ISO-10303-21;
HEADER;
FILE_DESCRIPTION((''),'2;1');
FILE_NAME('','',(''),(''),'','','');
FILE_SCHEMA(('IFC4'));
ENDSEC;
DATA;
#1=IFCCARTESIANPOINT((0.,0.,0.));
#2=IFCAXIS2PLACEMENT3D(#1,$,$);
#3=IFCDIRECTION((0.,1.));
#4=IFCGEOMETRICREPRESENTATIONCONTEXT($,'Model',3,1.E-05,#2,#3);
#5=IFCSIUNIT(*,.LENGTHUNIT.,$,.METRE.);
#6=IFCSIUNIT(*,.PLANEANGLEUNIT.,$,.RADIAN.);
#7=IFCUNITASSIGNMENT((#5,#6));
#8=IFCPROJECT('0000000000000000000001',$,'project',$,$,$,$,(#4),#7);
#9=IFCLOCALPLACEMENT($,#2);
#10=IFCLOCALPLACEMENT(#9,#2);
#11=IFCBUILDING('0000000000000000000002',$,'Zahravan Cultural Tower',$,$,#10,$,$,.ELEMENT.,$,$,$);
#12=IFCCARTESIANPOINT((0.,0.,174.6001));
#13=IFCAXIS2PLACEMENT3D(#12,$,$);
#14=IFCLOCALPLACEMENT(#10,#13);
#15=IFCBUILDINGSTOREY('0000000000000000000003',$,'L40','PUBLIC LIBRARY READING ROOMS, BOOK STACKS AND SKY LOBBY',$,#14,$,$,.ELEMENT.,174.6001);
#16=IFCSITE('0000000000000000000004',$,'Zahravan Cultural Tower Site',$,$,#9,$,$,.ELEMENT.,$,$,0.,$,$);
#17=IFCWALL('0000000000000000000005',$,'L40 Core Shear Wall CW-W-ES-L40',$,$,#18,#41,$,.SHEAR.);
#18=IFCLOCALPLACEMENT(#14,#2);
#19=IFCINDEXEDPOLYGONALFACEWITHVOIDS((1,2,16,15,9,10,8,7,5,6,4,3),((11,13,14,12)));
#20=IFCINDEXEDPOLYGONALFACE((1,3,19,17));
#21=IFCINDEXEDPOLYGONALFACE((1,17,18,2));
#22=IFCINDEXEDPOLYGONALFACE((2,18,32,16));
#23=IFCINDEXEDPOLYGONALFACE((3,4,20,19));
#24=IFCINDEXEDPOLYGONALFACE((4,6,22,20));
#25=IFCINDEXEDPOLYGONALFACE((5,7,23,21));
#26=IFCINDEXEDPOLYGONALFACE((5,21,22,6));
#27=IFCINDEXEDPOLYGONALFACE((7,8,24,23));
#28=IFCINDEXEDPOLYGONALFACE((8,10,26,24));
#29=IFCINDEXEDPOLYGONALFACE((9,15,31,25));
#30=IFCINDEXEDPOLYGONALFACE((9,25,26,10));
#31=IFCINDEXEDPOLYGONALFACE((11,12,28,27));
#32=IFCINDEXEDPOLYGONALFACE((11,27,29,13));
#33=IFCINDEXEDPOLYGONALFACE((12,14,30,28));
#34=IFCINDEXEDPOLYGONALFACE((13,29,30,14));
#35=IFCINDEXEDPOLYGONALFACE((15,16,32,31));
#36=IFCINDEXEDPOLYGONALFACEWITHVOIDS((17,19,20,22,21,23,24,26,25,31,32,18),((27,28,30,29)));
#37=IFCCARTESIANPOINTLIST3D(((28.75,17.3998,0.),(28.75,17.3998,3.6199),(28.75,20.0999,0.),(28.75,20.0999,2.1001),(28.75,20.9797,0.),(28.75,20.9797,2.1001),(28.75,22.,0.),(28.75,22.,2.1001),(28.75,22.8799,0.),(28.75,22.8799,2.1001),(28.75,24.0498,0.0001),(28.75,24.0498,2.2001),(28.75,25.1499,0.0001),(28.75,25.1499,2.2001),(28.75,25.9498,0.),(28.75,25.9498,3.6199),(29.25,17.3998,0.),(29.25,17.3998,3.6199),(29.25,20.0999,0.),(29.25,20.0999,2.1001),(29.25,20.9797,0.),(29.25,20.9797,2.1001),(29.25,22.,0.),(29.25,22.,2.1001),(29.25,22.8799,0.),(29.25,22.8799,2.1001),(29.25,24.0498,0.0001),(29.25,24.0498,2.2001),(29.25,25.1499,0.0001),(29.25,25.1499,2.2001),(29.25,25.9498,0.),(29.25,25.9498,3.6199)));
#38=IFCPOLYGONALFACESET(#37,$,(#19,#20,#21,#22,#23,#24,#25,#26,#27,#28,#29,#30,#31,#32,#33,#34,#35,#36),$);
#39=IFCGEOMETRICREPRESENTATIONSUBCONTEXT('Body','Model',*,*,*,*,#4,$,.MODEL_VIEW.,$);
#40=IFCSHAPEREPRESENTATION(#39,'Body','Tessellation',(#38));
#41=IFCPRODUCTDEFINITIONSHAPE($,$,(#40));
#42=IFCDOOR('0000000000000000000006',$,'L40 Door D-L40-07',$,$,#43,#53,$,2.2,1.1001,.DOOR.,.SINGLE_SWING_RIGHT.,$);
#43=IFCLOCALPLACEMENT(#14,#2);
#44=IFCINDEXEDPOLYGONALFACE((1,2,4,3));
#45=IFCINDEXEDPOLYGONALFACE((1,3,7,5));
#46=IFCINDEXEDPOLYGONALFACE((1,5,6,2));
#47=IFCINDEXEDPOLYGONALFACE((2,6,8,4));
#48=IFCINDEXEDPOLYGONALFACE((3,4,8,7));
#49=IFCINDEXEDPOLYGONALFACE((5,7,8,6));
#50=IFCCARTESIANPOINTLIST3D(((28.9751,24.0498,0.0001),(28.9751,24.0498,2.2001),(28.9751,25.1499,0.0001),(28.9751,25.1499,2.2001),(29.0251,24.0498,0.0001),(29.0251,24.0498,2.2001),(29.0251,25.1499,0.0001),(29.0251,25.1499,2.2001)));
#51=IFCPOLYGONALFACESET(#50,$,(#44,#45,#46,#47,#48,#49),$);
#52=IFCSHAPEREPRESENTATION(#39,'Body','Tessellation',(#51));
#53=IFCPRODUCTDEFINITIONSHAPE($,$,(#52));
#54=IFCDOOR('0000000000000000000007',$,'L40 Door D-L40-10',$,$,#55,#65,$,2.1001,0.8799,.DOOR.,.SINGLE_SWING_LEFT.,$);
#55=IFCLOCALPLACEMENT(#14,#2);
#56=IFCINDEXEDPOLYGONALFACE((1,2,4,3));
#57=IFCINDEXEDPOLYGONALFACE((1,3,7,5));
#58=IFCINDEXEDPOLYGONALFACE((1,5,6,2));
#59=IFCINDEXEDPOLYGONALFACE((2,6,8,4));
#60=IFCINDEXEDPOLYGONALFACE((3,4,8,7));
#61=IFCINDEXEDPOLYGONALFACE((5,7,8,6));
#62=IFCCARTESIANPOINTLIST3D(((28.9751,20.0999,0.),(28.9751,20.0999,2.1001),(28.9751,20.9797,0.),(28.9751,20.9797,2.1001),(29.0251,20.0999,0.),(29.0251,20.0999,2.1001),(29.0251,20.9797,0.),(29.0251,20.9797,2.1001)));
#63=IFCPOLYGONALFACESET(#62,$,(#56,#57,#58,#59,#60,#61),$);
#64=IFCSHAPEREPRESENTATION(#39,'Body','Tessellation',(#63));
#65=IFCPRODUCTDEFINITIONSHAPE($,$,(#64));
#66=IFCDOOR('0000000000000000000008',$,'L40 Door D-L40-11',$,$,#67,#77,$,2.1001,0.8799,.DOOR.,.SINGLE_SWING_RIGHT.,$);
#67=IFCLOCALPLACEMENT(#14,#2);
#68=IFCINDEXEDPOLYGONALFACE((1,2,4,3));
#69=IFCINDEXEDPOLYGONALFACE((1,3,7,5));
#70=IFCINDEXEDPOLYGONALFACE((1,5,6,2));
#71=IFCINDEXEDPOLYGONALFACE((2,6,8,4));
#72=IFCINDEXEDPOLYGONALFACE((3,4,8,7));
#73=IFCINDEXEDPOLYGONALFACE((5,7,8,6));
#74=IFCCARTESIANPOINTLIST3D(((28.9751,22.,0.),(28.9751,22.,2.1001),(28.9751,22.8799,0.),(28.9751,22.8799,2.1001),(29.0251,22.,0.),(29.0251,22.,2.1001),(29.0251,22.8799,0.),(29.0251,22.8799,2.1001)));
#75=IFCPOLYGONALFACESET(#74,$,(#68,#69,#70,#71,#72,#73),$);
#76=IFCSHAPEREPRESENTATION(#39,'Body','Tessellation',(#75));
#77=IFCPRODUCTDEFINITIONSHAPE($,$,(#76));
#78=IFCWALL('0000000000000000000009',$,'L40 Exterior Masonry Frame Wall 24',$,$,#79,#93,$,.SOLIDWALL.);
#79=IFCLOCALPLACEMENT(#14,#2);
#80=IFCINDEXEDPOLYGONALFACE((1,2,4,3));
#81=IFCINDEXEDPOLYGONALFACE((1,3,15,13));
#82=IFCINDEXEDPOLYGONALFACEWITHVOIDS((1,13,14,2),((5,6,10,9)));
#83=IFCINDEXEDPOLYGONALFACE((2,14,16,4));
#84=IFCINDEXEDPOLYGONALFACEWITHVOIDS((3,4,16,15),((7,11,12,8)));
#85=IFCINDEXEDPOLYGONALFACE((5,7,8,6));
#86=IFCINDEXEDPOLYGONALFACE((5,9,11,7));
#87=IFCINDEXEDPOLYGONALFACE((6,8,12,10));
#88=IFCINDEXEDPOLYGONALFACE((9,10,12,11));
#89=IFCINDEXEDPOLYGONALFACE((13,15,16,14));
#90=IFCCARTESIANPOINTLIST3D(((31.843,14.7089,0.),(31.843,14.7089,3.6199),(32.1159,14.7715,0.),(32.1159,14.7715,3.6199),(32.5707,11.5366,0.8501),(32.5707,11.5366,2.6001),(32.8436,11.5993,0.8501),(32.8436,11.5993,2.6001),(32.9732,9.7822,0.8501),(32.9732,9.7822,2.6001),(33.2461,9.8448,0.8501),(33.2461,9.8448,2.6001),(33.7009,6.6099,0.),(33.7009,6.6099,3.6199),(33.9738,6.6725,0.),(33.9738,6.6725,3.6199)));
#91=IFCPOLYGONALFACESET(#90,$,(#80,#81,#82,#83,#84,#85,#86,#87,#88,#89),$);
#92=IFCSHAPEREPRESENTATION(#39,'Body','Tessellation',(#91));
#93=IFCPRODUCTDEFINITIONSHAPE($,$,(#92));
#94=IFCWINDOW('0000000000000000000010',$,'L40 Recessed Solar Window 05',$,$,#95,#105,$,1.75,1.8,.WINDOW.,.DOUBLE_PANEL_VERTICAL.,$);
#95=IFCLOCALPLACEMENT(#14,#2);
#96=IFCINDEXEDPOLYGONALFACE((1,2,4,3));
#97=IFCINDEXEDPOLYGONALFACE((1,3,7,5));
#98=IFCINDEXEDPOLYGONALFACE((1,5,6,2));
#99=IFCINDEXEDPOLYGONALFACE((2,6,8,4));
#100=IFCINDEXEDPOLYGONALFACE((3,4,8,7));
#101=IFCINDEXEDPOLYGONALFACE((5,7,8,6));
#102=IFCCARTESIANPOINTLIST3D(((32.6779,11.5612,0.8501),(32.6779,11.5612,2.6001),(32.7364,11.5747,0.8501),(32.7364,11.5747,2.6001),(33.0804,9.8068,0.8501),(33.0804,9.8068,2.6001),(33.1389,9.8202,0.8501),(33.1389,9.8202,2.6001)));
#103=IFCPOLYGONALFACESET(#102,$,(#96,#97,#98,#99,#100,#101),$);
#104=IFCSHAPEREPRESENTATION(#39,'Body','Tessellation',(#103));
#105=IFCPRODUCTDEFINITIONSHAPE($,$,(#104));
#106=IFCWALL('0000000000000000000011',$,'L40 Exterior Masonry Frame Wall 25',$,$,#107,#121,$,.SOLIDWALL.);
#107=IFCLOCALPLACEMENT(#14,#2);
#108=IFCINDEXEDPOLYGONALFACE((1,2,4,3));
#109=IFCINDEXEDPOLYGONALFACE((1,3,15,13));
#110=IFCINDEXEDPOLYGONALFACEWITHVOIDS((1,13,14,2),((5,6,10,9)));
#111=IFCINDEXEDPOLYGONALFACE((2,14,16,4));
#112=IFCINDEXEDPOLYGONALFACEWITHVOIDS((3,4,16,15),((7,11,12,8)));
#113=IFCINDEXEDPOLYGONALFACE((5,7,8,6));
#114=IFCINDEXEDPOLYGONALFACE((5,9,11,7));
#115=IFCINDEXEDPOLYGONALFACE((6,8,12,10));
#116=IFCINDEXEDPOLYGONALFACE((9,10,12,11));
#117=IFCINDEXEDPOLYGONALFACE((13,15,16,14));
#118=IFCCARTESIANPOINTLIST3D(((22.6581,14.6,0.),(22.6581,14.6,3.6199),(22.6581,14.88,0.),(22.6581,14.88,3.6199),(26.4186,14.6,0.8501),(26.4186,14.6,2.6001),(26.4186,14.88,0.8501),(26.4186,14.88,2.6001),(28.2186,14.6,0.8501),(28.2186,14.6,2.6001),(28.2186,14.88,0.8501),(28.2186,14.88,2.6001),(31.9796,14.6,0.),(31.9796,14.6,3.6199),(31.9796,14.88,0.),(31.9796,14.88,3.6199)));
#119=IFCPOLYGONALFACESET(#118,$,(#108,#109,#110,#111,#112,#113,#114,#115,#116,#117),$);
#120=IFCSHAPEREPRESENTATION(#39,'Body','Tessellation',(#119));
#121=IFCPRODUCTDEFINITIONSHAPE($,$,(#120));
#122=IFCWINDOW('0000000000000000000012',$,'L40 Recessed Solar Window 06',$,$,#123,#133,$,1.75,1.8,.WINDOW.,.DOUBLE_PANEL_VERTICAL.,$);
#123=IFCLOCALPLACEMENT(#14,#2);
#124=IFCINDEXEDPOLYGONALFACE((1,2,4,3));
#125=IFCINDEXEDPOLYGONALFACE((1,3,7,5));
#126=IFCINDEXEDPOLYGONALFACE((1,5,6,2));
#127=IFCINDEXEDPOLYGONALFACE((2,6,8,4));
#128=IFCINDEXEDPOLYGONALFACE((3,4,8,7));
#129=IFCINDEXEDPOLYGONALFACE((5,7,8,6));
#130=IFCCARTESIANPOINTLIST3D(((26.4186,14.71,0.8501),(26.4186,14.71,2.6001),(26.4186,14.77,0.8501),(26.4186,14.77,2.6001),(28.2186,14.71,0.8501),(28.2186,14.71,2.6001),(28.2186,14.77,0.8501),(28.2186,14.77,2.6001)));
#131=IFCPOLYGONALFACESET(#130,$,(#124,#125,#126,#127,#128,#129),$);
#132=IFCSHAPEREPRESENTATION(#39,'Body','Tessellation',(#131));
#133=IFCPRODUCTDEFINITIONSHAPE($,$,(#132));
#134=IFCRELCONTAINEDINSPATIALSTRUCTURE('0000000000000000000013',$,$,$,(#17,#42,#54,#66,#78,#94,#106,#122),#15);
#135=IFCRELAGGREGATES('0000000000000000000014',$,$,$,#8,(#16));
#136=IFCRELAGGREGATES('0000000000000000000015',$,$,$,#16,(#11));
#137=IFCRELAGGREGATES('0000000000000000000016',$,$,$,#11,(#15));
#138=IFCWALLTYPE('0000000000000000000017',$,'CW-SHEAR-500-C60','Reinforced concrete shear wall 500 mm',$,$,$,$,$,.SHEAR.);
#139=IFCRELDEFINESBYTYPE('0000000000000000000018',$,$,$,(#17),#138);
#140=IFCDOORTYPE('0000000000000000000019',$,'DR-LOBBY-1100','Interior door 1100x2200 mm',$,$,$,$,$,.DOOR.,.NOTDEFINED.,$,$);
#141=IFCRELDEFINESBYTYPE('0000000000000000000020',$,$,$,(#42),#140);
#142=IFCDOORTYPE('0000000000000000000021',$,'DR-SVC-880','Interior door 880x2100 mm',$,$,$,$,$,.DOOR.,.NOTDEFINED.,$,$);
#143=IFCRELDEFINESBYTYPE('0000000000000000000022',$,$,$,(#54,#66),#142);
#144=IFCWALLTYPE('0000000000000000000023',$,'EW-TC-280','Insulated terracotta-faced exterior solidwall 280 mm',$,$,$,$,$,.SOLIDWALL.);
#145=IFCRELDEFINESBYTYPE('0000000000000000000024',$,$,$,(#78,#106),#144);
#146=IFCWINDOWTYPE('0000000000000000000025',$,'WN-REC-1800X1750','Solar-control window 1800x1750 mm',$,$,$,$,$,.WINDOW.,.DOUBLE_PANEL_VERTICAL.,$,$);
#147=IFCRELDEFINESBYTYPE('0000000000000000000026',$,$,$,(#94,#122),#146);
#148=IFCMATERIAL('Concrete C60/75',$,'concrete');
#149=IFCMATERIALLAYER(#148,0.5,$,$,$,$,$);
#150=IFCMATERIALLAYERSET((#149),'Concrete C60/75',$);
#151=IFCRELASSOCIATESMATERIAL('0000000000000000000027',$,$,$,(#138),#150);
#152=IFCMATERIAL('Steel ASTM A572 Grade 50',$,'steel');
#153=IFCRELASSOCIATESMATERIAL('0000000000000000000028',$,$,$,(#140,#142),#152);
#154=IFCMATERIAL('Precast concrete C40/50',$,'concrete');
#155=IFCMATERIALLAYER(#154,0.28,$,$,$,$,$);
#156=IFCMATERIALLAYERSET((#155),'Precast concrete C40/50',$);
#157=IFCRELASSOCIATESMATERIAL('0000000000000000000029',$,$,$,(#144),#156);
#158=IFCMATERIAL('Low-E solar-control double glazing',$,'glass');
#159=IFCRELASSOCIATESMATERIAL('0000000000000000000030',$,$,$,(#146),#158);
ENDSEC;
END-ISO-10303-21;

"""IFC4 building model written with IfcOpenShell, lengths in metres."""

from ifc_helpers import new_model, si_unit, direction, frame, frame_2d, origin, place, context, subcontext, project, spatial, rectangle, extrude, source, transform, mapped, material, layer, layer_set, type_object, element, fill, save


model = new_model("IFC4")

# Units and contexts
model_context = context("Model", 3, precision=1e-05, world=origin(), true_north=direction((0.0, 1.0)))
body_context = subcontext(model_context, "Body", "Model", "MODEL_VIEW")
ifc_project = project(units=[si_unit("LENGTHUNIT", "METRE"), si_unit("PLANEANGLEUNIT", "RADIAN")], contexts=[model_context])

# Site, building, storey
site_placement = place(None, origin())
site = spatial("IfcSite", under=ifc_project, at=site_placement, Name="Zahravan Cultural Tower Site", CompositionType="ELEMENT", RefElevation=0.0)
building_placement = place(site_placement, origin())
building = spatial("IfcBuilding", under=site, at=building_placement, Name="Zahravan Cultural Tower", CompositionType="ELEMENT")
storey_placement = place(building_placement, frame((0.0, 0.0, 174.6001)))
storey = spatial("IfcBuildingStorey", under=building, at=storey_placement, Name="L40", Description="PUBLIC LIBRARY READING ROOMS, BOOK STACKS AND SKY LOBBY", CompositionType="ELEMENT", Elevation=174.6001)

# Wall, openings, doors
ifc_material_1 = material(Name="Concrete C60/75", Category="concrete")
ifc_layer_1 = layer(ifc_material_1, 0.5)
ifc_layer_set_1 = layer_set([ifc_layer_1], Name="Concrete C60/75")
wall_type_1 = type_object("IfcWallType", Name="CW-SHEAR-500-C60", Description="Reinforced concrete shear wall 500 mm", PredefinedType="SHEAR", material=ifc_layer_set_1)
wall_1_placement = place(storey_placement, frame((29.0, 17.3999, 0.0), z_axis=(0.0, 0.0, 1.0), x_axis=(0.0, 1.0, 0.0)))
wall_1 = element("IfcWall", 1, at=wall_1_placement, inside=storey, type_object=wall_type_1, Name="L40 Core Shear Wall CW-W-ES-L40", PredefinedType="SHEAR", context=body_context, shape_type="SweptSolid", body=[
    extrude(rectangle(XDim=8.55, YDim=0.5, at=frame_2d((4.2749, 0.0))), origin(), (0.0, 0.0, 1.0), 3.6199),
])
opening_1_placement = place(wall_1_placement, frame((6.6499, 0.0, 0.0)))
opening_1 = element("IfcOpeningElement", 2, at=opening_1_placement, cuts=wall_1, PredefinedType="OPENING", context=body_context, shape_type="SweptSolid", body=[
    extrude(rectangle(XDim=1.1001, YDim=2.2, at=frame_2d((0.55, 1.1001))), frame((0.0, 0.26, 0.0), z_axis=(0.0, -1.0, 0.0), x_axis=(1.0, 0.0, 0.0)), (0.0, 0.0, 1.0), 0.52),
])
opening_2_placement = place(wall_1_placement, frame((2.7, 0.0, 0.0)))
opening_2 = element("IfcOpeningElement", 3, at=opening_2_placement, cuts=wall_1, PredefinedType="OPENING", context=body_context, shape_type="SweptSolid", body=[
    extrude(rectangle(XDim=0.8799, YDim=2.1001, at=frame_2d((0.4399, 1.05))), frame((0.0, 0.26, 0.0), z_axis=(0.0, -1.0, 0.0), x_axis=(1.0, 0.0, 0.0)), (0.0, 0.0, 1.0), 0.52),
])
opening_3_placement = place(wall_1_placement, frame((4.6001, 0.0, 0.0)))
opening_3 = element("IfcOpeningElement", 4, at=opening_3_placement, cuts=wall_1, PredefinedType="OPENING", context=body_context, shape_type="SweptSolid", body=[
    extrude(rectangle(XDim=0.8799, YDim=2.1001, at=frame_2d((0.4399, 1.05))), frame((0.0, 0.26, 0.0), z_axis=(0.0, -1.0, 0.0), x_axis=(1.0, 0.0, 0.0)), (0.0, 0.0, 1.0), 0.52),
])
ifc_material_2 = material(Name="Steel ASTM A572 Grade 50", Category="steel")
door_type_1 = type_object("IfcDoorType", Name="DR-LOBBY-1100", Description="Interior door 1100x2200 mm", OperationType="NOTDEFINED", PredefinedType="DOOR", material=ifc_material_2)
shared_shape_1 = source(origin(), body_context, "Body", "SweptSolid", [
    extrude(rectangle(XDim=1.1001, YDim=2.2, at=frame_2d((0.55, 1.1001))), frame((0.0, 0.0249, 0.0), z_axis=(0.0, -1.0, 0.0), x_axis=(1.0, 0.0, 0.0)), (0.0, 0.0, 1.0), 0.05),
])
door_1_placement = place(opening_1_placement, origin())
door_1 = element("IfcDoor", 5, at=door_1_placement, inside=storey, type_object=door_type_1, Name="L40 Door D-L40-07", OperationType="SINGLE_SWING_RIGHT", OverallHeight=2.2, OverallWidth=1.1001, PredefinedType="DOOR", context=body_context, shape_type="MappedRepresentation", body=[
    mapped(shared_shape_1, transform((0.0, 0.0, 0.0), x_axis=(1.0, 0.0, 0.0), y_axis=(0.0, 1.0, 0.0), z_axis=(0.0, 0.0, 1.0), scale=1.0)),
])
fill(opening_1, door_1)
door_type_2 = type_object("IfcDoorType", Name="DR-SVC-880", Description="Interior door 880x2100 mm", OperationType="NOTDEFINED", PredefinedType="DOOR", material=ifc_material_2)
shared_shape_2 = source(origin(), body_context, "Body", "SweptSolid", [
    extrude(rectangle(XDim=0.8799, YDim=2.1001, at=frame_2d((0.4399, 1.05))), frame((0.0, 0.0249, 0.0), z_axis=(0.0, -1.0, 0.0), x_axis=(1.0, 0.0, 0.0)), (0.0, 0.0, 1.0), 0.05),
])
door_2_placement = place(opening_2_placement, origin())
door_2 = element("IfcDoor", 6, at=door_2_placement, inside=storey, type_object=door_type_2, Name="L40 Door D-L40-10", OperationType="SINGLE_SWING_LEFT", OverallHeight=2.1001, OverallWidth=0.8799, PredefinedType="DOOR", context=body_context, shape_type="MappedRepresentation", body=[
    mapped(shared_shape_2, transform((0.0, 0.0, 0.0), x_axis=(1.0, 0.0, 0.0), y_axis=(0.0, 1.0, 0.0), z_axis=(0.0, 0.0, 1.0), scale=1.0)),
])
fill(opening_2, door_2)
door_3_placement = place(opening_3_placement, origin())
door_3 = element("IfcDoor", 7, at=door_3_placement, inside=storey, type_object=door_type_2, Name="L40 Door D-L40-11", OperationType="SINGLE_SWING_RIGHT", OverallHeight=2.1001, OverallWidth=0.8799, PredefinedType="DOOR", context=body_context, shape_type="MappedRepresentation", body=[
    mapped(shared_shape_2, transform((0.0, 0.0, 0.0), x_axis=(1.0, 0.0, 0.0), y_axis=(0.0, 1.0, 0.0), z_axis=(0.0, 0.0, 1.0), scale=1.0)),
])
fill(opening_3, door_3)

# Walls, openings, windows
ifc_material_3 = material(Name="Precast concrete C40/50", Category="concrete")
ifc_layer_2 = layer(ifc_material_3, 0.28)
ifc_layer_set_2 = layer_set([ifc_layer_2], Name="Precast concrete C40/50")
wall_type_2 = type_object("IfcWallType", Name="EW-TC-280", Description="Insulated terracotta-faced exterior solidwall 280 mm", PredefinedType="SOLIDWALL", material=ifc_layer_set_2)
wall_2_placement = place(storey_placement, frame((33.8374, 6.6411, 0.0), z_axis=(0.0, 0.0, 1.0), x_axis=(-0.223595, 0.974682, 0.0)))
wall_2 = element("IfcWall", 8, at=wall_2_placement, inside=storey, type_object=wall_type_2, Name="L40 Exterior Masonry Frame Wall 24", PredefinedType="SOLIDWALL", context=body_context, shape_type="SweptSolid", body=[
    extrude(rectangle(XDim=8.3093, YDim=0.28, at=frame_2d((4.1548, 0.0))), origin(), (0.0, 0.0, 1.0), 3.6199),
])
opening_4_placement = place(wall_2_placement, frame((3.2549, 0.0, 0.8501)))
opening_4 = element("IfcOpeningElement", 9, at=opening_4_placement, cuts=wall_2, PredefinedType="OPENING", context=body_context, shape_type="SweptSolid", body=[
    extrude(rectangle(XDim=1.8, YDim=1.75, at=frame_2d((0.8999, 0.875))), frame((0.0, 0.1499, 0.0), z_axis=(0.0, -1.0, 0.0), x_axis=(1.0, 0.0, 0.0)), (0.0, 0.0, 1.0), 0.3),
])
ifc_material_4 = material(Name="Low-E solar-control double glazing", Category="glass")
window_type = type_object("IfcWindowType", Name="WN-REC-1800X1750", Description="Solar-control window 1800x1750 mm", PartitioningType="DOUBLE_PANEL_VERTICAL", PredefinedType="WINDOW", material=ifc_material_4)
shared_shape_3 = source(origin(), body_context, "Body", "SweptSolid", [
    extrude(rectangle(XDim=1.8, YDim=1.75, at=frame_2d((0.8999, 0.875))), frame((0.0, 0.03, 0.0), z_axis=(0.0, -1.0, 0.0), x_axis=(1.0, 0.0, 0.0)), (0.0, 0.0, 1.0), 0.0601),
])
window_1_placement = place(opening_4_placement, origin())
window_1 = element("IfcWindow", 10, at=window_1_placement, inside=storey, type_object=window_type, Name="L40 Recessed Solar Window 05", OverallHeight=1.75, OverallWidth=1.8, PartitioningType="DOUBLE_PANEL_VERTICAL", PredefinedType="WINDOW", context=body_context, shape_type="MappedRepresentation", body=[
    mapped(shared_shape_3, transform((0.0, 0.0, 0.0), x_axis=(1.0, 0.0, 0.0), y_axis=(0.0, 1.0, 0.0), z_axis=(0.0, 0.0, 1.0), scale=1.0)),
])
fill(opening_4, window_1)
wall_3_placement = place(storey_placement, frame((31.9795, 14.74, 0.0), z_axis=(0.0, 0.0, 1.0), x_axis=(-1.0, 0.0, 0.0)))
wall_3 = element("IfcWall", 11, at=wall_3_placement, inside=storey, type_object=wall_type_2, Name="L40 Exterior Masonry Frame Wall 25", PredefinedType="SOLIDWALL", context=body_context, shape_type="SweptSolid", body=[
    extrude(rectangle(XDim=9.3215, YDim=0.28, at=frame_2d((4.6606, 0.0))), origin(), (0.0, 0.0, 1.0), 3.6199),
])
opening_5_placement = place(wall_3_placement, frame((3.761, 0.0, 0.8501)))
opening_5 = element("IfcOpeningElement", 12, at=opening_5_placement, cuts=wall_3, PredefinedType="OPENING", context=body_context, shape_type="SweptSolid", body=[
    extrude(rectangle(XDim=1.8, YDim=1.75, at=frame_2d((0.8999, 0.875))), frame((0.0, 0.1499, 0.0), z_axis=(0.0, -1.0, 0.0), x_axis=(1.0, 0.0, 0.0)), (0.0, 0.0, 1.0), 0.3),
])
window_2_placement = place(opening_5_placement, origin())
window_2 = element("IfcWindow", 13, at=window_2_placement, inside=storey, type_object=window_type, Name="L40 Recessed Solar Window 06", OverallHeight=1.75, OverallWidth=1.8, PartitioningType="DOUBLE_PANEL_VERTICAL", PredefinedType="WINDOW", context=body_context, shape_type="MappedRepresentation", body=[
    mapped(shared_shape_3, transform((0.0, 0.0, 0.0), x_axis=(1.0, 0.0, 0.0), y_axis=(0.0, 1.0, 0.0), z_axis=(0.0, 0.0, 1.0), scale=1.0)),
])
fill(opening_5, window_2)

save(model, "model.ifc")
